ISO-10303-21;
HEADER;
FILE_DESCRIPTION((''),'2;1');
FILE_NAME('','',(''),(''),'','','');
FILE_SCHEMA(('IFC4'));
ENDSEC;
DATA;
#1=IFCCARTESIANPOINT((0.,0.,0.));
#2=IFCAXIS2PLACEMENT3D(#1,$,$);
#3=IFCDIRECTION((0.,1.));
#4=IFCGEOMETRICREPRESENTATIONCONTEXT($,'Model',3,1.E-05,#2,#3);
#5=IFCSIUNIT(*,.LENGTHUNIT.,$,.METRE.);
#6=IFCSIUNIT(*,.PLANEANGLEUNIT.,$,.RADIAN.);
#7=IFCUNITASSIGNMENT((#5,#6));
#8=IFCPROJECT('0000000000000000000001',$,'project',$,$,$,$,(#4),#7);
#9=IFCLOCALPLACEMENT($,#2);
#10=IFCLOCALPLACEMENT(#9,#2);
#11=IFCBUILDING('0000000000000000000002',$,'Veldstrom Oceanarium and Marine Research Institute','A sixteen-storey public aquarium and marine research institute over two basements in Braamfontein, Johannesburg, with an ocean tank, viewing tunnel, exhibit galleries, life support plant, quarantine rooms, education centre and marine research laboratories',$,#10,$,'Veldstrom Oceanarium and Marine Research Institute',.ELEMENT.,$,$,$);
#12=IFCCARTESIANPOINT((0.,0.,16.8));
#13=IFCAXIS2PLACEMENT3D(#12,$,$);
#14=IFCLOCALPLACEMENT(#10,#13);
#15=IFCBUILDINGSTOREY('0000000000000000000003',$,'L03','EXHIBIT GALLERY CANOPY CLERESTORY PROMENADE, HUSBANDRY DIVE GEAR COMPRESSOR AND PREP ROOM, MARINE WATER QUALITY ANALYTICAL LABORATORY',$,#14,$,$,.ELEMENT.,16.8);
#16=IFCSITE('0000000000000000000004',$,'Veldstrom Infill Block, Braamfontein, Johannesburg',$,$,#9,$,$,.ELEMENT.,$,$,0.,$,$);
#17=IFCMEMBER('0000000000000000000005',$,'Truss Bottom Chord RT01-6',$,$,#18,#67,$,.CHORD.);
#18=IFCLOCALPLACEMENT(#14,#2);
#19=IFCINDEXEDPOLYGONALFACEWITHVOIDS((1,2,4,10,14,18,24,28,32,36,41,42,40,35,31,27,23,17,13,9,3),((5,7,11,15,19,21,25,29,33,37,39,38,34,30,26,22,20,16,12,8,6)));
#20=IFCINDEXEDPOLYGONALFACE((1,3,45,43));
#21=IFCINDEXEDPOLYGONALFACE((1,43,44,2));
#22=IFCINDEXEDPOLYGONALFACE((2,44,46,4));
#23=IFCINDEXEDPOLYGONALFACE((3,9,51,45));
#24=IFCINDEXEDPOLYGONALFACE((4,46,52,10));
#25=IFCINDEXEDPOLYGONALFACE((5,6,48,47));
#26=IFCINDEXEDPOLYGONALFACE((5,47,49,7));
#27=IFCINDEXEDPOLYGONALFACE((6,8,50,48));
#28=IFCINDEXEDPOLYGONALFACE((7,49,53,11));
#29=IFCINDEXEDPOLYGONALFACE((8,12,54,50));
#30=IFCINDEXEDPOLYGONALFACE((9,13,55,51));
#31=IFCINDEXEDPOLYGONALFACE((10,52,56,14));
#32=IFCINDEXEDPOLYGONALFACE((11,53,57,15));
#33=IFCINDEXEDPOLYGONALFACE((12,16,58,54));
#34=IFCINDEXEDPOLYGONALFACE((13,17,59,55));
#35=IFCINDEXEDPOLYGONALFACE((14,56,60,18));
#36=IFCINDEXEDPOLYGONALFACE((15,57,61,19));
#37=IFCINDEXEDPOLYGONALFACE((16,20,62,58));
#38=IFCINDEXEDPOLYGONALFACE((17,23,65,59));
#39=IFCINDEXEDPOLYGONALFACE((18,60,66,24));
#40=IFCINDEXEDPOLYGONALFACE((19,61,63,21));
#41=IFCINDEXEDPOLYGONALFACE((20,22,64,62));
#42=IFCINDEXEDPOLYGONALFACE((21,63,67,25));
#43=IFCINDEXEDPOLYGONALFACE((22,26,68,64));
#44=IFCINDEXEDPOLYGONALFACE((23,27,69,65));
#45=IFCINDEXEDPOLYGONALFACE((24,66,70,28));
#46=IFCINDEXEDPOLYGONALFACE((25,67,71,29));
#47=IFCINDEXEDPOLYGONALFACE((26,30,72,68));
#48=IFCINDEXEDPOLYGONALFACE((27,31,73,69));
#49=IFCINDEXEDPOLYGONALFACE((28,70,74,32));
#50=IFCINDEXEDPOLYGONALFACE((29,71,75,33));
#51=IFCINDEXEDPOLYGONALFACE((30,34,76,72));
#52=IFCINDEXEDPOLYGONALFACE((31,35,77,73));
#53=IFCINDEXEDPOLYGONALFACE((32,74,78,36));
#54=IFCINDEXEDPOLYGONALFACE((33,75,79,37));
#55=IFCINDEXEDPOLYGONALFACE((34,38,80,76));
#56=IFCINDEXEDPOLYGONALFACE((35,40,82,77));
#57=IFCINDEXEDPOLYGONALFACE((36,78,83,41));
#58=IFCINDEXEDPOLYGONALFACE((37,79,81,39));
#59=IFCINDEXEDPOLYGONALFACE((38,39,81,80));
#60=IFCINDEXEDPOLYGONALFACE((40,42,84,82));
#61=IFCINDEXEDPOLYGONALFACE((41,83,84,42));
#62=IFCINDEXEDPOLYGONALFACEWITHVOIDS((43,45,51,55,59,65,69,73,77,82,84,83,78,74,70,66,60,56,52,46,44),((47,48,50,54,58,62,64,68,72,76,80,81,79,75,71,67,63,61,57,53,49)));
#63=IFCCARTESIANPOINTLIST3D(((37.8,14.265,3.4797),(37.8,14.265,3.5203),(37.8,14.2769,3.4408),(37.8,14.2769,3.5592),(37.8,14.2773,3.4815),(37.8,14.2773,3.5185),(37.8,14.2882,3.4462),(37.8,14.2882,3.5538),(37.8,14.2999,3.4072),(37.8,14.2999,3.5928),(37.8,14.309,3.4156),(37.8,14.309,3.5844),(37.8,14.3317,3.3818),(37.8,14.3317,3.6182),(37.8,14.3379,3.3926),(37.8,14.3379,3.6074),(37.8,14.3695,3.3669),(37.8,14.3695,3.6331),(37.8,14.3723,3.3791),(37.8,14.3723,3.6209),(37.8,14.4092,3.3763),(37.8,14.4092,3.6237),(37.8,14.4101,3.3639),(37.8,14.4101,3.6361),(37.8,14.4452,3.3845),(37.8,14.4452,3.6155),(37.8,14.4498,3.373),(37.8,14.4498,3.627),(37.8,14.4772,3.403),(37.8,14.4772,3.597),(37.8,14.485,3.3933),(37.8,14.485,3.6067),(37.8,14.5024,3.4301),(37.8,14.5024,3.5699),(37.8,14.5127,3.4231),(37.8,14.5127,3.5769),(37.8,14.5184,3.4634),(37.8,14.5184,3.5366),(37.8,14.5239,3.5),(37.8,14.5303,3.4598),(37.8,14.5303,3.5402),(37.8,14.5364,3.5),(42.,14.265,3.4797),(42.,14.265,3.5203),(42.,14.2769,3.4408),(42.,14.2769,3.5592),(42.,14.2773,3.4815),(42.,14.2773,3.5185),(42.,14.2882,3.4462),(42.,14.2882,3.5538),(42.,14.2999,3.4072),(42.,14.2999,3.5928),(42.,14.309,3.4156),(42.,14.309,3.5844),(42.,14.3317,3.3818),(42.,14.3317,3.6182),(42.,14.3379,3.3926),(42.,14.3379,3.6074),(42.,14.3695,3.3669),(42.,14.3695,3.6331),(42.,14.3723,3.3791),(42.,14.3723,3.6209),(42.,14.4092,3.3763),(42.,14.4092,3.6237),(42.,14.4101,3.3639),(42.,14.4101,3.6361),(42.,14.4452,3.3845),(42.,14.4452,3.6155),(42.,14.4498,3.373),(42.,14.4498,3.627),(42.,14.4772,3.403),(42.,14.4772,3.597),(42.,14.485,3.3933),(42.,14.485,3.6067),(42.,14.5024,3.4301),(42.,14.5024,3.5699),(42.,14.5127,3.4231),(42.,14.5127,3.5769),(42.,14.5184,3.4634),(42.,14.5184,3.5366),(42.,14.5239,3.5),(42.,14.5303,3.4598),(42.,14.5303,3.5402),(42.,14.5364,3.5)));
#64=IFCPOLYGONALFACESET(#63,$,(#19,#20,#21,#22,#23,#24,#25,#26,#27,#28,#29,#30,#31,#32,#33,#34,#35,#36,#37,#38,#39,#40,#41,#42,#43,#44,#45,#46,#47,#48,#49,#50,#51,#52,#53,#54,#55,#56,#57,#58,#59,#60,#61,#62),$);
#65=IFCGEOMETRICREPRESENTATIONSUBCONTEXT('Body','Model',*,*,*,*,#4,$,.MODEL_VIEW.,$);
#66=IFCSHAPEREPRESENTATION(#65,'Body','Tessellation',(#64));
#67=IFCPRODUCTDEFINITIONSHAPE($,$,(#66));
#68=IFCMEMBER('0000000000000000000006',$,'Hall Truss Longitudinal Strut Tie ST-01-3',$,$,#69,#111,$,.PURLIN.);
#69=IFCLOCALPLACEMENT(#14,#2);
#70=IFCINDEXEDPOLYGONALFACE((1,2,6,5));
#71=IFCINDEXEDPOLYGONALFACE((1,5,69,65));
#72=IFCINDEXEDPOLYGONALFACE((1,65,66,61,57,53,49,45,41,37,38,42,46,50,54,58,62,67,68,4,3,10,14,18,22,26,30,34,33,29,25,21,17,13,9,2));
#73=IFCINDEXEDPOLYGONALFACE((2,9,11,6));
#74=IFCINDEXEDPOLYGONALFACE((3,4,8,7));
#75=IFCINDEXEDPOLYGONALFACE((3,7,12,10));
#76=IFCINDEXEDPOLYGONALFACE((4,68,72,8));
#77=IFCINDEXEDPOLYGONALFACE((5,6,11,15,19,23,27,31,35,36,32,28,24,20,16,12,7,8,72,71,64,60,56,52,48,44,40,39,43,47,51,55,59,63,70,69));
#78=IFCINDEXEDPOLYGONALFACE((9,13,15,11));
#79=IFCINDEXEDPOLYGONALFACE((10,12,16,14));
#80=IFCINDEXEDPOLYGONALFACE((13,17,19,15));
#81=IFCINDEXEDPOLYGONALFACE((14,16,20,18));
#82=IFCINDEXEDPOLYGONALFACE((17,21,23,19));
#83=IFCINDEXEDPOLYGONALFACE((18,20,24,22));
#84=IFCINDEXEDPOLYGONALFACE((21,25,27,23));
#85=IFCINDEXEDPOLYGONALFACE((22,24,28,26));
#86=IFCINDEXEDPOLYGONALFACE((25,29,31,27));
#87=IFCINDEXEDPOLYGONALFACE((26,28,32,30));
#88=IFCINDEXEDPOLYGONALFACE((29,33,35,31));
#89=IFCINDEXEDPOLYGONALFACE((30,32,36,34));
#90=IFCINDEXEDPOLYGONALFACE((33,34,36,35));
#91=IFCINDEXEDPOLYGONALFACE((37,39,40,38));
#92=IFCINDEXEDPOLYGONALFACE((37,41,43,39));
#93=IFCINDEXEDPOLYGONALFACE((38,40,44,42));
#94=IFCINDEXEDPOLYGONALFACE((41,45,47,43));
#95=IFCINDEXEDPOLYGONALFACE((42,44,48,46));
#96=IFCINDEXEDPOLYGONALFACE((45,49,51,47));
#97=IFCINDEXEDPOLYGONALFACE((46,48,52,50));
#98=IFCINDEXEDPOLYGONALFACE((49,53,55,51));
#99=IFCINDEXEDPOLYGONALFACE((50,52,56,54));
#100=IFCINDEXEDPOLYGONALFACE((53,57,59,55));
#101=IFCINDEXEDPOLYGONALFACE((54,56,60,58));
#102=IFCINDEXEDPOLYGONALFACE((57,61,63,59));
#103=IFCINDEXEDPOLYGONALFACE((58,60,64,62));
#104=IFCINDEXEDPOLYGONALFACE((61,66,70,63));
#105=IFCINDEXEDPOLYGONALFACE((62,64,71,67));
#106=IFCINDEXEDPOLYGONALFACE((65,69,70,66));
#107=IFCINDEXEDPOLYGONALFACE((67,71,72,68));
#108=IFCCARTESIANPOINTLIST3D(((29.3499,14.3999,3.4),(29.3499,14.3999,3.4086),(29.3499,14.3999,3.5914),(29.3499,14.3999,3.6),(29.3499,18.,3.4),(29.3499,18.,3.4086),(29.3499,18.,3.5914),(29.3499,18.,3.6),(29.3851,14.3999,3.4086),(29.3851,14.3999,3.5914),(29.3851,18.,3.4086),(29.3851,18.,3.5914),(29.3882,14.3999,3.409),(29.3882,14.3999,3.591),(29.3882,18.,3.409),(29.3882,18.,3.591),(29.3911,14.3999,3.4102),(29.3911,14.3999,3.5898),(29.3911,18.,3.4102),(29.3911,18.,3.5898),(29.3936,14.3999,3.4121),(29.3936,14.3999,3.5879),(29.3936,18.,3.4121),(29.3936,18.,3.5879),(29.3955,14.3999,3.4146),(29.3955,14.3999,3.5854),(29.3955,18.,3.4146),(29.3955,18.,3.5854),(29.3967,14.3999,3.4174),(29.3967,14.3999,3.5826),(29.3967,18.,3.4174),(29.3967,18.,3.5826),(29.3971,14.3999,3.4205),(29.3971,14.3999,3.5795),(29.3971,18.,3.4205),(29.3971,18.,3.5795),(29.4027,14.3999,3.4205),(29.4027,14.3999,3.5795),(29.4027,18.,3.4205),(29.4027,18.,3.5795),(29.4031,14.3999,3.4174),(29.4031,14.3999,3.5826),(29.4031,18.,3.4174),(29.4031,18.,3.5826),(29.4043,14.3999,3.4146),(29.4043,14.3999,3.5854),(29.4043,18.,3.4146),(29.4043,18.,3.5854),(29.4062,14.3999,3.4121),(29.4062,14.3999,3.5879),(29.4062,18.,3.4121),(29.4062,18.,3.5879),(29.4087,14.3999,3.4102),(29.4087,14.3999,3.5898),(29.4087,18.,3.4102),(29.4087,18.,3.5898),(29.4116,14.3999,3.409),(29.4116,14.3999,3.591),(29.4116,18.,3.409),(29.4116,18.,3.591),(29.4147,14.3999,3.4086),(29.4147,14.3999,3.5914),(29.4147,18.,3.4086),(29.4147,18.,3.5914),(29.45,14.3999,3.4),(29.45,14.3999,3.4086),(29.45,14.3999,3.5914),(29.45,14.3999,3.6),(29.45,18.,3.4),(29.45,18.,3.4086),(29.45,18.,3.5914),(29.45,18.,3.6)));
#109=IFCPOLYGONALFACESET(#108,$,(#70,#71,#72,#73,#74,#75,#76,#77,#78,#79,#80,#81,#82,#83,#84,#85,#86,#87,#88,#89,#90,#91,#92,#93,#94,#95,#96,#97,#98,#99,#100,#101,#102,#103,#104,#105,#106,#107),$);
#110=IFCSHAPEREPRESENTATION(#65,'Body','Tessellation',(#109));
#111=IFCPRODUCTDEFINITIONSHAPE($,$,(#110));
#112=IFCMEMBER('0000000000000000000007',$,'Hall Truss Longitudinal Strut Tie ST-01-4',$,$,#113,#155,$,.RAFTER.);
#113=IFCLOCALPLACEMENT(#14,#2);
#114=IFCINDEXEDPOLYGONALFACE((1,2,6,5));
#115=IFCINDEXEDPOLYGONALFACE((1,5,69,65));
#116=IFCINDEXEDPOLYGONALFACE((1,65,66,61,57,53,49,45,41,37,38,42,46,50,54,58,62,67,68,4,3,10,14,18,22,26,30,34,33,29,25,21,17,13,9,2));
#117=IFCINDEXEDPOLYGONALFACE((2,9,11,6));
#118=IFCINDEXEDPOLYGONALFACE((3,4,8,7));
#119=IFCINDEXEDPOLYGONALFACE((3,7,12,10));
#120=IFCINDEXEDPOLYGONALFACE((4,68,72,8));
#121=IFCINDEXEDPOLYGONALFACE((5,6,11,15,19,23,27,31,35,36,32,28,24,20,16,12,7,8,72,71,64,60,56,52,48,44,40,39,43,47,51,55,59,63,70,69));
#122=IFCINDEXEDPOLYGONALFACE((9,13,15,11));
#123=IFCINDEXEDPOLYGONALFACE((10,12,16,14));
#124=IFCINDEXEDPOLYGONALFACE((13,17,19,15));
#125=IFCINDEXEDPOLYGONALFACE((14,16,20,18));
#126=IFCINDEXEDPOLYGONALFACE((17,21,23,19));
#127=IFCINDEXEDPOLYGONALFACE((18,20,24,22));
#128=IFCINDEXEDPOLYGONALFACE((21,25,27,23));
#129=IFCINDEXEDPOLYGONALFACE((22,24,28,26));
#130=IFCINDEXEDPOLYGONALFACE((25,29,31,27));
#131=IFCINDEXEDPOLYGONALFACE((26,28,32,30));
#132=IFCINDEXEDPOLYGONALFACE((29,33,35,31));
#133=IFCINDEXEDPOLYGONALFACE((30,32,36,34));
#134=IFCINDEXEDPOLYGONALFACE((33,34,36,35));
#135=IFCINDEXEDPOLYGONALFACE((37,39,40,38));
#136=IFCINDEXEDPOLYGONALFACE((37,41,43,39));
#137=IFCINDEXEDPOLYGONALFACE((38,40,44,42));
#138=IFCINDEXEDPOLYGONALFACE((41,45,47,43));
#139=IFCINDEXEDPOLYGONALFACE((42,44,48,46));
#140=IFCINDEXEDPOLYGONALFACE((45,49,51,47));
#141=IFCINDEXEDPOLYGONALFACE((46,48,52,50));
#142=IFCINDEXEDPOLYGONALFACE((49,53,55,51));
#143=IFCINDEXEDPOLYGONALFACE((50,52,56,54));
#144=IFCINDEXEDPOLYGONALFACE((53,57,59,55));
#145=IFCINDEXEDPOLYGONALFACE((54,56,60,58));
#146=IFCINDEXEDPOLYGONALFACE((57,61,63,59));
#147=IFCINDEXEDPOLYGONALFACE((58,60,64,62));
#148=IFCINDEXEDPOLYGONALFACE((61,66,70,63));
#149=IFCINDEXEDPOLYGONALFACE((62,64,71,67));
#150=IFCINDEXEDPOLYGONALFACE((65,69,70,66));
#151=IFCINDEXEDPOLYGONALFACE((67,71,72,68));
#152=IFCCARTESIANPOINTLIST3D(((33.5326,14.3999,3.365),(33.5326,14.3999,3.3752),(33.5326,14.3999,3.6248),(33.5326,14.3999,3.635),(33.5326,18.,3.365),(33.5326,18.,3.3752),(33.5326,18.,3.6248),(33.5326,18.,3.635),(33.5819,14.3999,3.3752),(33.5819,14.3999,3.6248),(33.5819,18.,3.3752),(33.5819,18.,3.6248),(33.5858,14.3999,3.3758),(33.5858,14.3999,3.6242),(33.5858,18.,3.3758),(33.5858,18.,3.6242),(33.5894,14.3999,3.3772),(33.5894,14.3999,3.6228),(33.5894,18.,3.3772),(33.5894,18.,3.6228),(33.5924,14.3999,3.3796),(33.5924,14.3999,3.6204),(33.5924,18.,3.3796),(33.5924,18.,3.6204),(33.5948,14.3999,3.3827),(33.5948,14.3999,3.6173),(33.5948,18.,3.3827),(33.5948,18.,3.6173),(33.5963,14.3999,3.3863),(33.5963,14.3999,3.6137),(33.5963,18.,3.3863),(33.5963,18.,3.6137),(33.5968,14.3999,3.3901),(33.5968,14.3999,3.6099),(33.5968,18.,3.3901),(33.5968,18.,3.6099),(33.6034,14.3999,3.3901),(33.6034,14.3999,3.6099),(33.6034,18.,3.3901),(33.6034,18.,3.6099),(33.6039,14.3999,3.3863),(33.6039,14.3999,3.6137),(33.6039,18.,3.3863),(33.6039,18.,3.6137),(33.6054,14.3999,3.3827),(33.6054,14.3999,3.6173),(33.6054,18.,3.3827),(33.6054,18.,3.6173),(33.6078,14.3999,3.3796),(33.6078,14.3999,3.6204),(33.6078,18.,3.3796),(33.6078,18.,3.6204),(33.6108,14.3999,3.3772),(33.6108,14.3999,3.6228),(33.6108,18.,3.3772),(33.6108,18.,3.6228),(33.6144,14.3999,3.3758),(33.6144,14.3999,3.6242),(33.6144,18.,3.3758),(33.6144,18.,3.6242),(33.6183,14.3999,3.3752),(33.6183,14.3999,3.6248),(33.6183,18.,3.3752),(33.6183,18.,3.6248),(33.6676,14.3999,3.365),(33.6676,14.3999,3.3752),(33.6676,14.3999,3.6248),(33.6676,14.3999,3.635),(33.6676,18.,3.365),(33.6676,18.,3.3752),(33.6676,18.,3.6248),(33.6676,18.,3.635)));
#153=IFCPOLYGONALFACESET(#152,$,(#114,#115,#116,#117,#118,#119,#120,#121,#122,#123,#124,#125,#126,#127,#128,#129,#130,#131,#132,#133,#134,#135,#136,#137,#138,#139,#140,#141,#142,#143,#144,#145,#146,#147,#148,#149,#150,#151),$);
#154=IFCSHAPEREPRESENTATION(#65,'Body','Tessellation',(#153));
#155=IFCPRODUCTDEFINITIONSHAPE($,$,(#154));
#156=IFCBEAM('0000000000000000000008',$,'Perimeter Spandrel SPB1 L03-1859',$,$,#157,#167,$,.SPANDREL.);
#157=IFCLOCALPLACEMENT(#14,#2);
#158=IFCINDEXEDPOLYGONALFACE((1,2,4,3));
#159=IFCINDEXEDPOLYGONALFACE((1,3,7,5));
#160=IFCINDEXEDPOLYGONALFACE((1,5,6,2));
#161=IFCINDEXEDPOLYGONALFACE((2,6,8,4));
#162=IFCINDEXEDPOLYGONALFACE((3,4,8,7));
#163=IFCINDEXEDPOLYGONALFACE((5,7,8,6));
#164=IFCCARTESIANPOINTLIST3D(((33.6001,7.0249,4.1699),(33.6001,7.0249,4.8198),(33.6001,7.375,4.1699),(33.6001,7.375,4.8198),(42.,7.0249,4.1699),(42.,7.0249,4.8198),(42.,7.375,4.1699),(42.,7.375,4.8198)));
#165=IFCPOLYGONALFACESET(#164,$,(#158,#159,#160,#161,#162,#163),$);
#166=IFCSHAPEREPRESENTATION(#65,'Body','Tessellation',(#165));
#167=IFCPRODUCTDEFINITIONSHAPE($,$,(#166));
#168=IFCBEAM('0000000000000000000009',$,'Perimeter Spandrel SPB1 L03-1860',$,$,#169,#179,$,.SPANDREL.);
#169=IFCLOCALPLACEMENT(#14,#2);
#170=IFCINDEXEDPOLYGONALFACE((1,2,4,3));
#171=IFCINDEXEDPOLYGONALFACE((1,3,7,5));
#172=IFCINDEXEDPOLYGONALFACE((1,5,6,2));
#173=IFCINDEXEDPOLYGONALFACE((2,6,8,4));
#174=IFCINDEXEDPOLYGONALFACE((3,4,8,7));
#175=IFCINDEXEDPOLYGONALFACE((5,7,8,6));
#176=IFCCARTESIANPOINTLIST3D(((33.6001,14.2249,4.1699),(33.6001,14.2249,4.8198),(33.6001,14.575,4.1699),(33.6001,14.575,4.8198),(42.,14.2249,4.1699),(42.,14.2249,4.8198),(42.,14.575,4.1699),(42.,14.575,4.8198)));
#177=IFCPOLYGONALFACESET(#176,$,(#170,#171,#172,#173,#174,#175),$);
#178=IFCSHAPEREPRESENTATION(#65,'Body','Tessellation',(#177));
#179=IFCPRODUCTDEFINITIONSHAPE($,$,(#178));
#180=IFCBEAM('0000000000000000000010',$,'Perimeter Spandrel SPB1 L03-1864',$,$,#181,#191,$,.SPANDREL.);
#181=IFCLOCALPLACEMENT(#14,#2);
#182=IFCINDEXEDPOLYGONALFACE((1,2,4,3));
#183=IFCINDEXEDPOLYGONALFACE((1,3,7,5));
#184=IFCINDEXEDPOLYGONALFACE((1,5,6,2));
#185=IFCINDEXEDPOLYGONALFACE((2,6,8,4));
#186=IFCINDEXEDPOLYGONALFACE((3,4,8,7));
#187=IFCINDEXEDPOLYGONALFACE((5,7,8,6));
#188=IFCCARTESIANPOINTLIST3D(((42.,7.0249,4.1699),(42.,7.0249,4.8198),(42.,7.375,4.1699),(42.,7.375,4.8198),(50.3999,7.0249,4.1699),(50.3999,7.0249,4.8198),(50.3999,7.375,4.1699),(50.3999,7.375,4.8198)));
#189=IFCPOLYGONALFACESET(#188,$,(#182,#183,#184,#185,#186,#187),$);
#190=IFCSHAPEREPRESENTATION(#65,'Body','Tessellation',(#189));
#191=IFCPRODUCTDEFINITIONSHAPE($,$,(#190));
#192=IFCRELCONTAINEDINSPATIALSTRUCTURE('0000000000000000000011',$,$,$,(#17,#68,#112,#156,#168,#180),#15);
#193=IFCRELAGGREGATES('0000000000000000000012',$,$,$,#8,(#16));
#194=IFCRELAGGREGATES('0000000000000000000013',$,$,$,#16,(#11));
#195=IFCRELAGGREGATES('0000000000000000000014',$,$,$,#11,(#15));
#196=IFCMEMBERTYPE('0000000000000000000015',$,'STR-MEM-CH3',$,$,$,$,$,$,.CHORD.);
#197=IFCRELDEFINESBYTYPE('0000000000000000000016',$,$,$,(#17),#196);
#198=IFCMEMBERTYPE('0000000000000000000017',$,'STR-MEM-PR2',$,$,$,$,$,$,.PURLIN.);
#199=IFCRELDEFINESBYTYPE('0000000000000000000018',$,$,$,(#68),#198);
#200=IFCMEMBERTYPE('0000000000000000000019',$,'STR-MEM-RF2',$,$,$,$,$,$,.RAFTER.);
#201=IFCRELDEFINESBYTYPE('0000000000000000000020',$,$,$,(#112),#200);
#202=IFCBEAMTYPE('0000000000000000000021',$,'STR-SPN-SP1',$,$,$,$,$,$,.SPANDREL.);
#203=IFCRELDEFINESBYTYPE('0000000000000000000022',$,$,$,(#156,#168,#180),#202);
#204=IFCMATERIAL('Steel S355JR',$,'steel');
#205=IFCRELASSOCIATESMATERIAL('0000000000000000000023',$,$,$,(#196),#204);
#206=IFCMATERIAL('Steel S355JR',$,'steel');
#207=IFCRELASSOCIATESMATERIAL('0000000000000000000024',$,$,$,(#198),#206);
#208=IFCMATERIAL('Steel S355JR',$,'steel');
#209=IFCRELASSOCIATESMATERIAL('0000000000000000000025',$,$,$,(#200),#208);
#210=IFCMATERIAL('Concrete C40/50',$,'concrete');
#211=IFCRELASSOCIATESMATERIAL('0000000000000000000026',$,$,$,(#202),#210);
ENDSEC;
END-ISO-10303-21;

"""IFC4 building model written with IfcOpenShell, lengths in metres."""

from ifc_helpers import new_model, si_unit, direction, frame, origin, origin_2d, place, context, subcontext, project, spatial, rectangle, hollow_circle, i_section, extrude, material, material_profile, profile_set, type_object, element, save


model = new_model("IFC4")

# Units and contexts
model_context = context("Model", 3, precision=1e-05, world=origin(), true_north=direction((0.0, 1.0)))
body_context = subcontext(model_context, "Body", "Model", "MODEL_VIEW")
ifc_project = project(units=[si_unit("LENGTHUNIT", "METRE"), si_unit("PLANEANGLEUNIT", "RADIAN")], contexts=[model_context])

# Site, building, storey
site_placement = place(None, origin())
site = spatial("IfcSite", under=ifc_project, at=site_placement, Name="Veldstrom Infill Block, Braamfontein, Johannesburg", CompositionType="ELEMENT", RefElevation=0.0)
building_placement = place(site_placement, origin())
building = spatial("IfcBuilding", under=site, at=building_placement, Name="Veldstrom Oceanarium and Marine Research Institute", Description="A sixteen-storey public aquarium and marine research institute over two basements in Braamfontein, Johannesburg, with an ocean tank, viewing tunnel, exhibit galleries, life support plant, quarantine rooms, education centre and marine research laboratories", LongName="Veldstrom Oceanarium and Marine Research Institute", CompositionType="ELEMENT")
storey_placement = place(building_placement, frame((0.0, 0.0, 16.8)))
storey = spatial("IfcBuildingStorey", under=building, at=storey_placement, Name="L03", Description="EXHIBIT GALLERY CANOPY CLERESTORY PROMENADE, HUSBANDRY DIVE GEAR COMPRESSOR AND PREP ROOM, MARINE WATER QUALITY ANALYTICAL LABORATORY", CompositionType="ELEMENT", Elevation=16.8)

# Members
ifc_material_1 = material(Name="Steel S355JR", Category="steel")
ifc_material_profile_1 = material_profile(ifc_material_1, hollow_circle(Radius=0.1365, WallThickness=0.0125, at=origin_2d()), Name="CHS 273x12.5")
ifc_profile_set_1 = profile_set([ifc_material_profile_1], Name="Steel S355JR")
member_type_1 = type_object("IfcMemberType", Name="STR-MEM-CH3", PredefinedType="CHORD", material=ifc_profile_set_1)
member_1_placement = place(storey_placement, frame((37.8, 14.3999, 3.5), z_axis=(1.0, 0.0, 0.0), x_axis=(0.0, 1.0, 0.0)))
element("IfcMember", 1, at=member_1_placement, inside=storey, type_object=member_type_1, Name="Truss Bottom Chord RT01-6", PredefinedType="CHORD", context=body_context, shape_type="SweptSolid", body=[
    extrude(hollow_circle(Radius=0.1365, WallThickness=0.0125, at=origin_2d()), origin(), (0.0, 0.0, 1.0), 4.2),
])
ifc_material_2 = material(Name="Steel S355JR", Category="steel")
ifc_material_profile_2 = material_profile(ifc_material_2, i_section(OverallWidth=0.1001, OverallDepth=0.2, WebThickness=0.0056, FlangeThickness=0.0085, FilletRadius=0.012, at=origin_2d()), Name="IPE 200")
ifc_profile_set_2 = profile_set([ifc_material_profile_2], Name="Steel S355JR")
member_type_2 = type_object("IfcMemberType", Name="STR-MEM-PR2", PredefinedType="PURLIN", material=ifc_profile_set_2)
member_2_placement = place(storey_placement, frame((29.3999, 14.3999, 3.5), z_axis=(0.0, 1.0, 0.0), x_axis=(-1.0, 0.0, 0.0)))
element("IfcMember", 2, at=member_2_placement, inside=storey, type_object=member_type_2, Name="Hall Truss Longitudinal Strut Tie ST-01-3", PredefinedType="PURLIN", context=body_context, shape_type="SweptSolid", body=[
    extrude(i_section(OverallWidth=0.1001, OverallDepth=0.2, WebThickness=0.0056, FlangeThickness=0.0085, FilletRadius=0.012, at=origin_2d()), origin(), (0.0, 0.0, 1.0), 3.6001),
])
ifc_material_3 = material(Name="Steel S355JR", Category="steel")
ifc_material_profile_3 = material_profile(ifc_material_3, i_section(OverallWidth=0.135, OverallDepth=0.27, WebThickness=0.0066, FlangeThickness=0.0103, FilletRadius=0.0149, at=origin_2d()), Name="IPE 270")
ifc_profile_set_3 = profile_set([ifc_material_profile_3], Name="Steel S355JR")
member_type_3 = type_object("IfcMemberType", Name="STR-MEM-RF2", PredefinedType="RAFTER", material=ifc_profile_set_3)
member_3_placement = place(storey_placement, frame((33.6001, 14.3999, 3.5), z_axis=(0.0, 1.0, 0.0), x_axis=(-1.0, 0.0, 0.0)))
element("IfcMember", 3, at=member_3_placement, inside=storey, type_object=member_type_3, Name="Hall Truss Longitudinal Strut Tie ST-01-4", PredefinedType="RAFTER", context=body_context, shape_type="SweptSolid", body=[
    extrude(i_section(OverallWidth=0.135, OverallDepth=0.27, WebThickness=0.0066, FlangeThickness=0.0103, FilletRadius=0.0149, at=origin_2d()), origin(), (0.0, 0.0, 1.0), 3.6001),
])

# Beams
ifc_material_4 = material(Name="Concrete C40/50", Category="concrete")
ifc_material_profile_4 = material_profile(ifc_material_4, rectangle(XDim=0.3501, YDim=0.6499, at=origin_2d()), Name="RC-SPN-350x650")
ifc_profile_set_4 = profile_set([ifc_material_profile_4], Name="Concrete C40/50")
beam_type_1 = type_object("IfcBeamType", Name="STR-SPN-SP1", PredefinedType="SPANDREL", material=ifc_profile_set_4)
for number, where, z_axis, x_axis, name in (
    (4, (33.6001, 7.2, 4.4949), (1.0, 0.0, 0.0), (0.0, 1.0, 0.0), "Perimeter Spandrel SPB1 L03-1859"),
    (5, (33.6001, 14.3999, 4.4949), (1.0, 0.0, 0.0), (0.0, 1.0, 0.0), "Perimeter Spandrel SPB1 L03-1860"),
    (6, (42.0, 7.2, 4.4949), (1.0, 0.0, 0.0), (0.0, 1.0, 0.0), "Perimeter Spandrel SPB1 L03-1864"),
):
    element("IfcBeam", number, at=place(storey_placement, frame(where, z_axis=z_axis, x_axis=x_axis)), inside=storey, type_object=beam_type_1, Name=name, PredefinedType="SPANDREL", context=body_context, shape_type="SweptSolid", body=[
        extrude(rectangle(XDim=0.3501, YDim=0.6499, at=origin_2d()), origin(), (0.0, 0.0, 1.0), 8.3999),
    ])

save(model, "model.ifc")
